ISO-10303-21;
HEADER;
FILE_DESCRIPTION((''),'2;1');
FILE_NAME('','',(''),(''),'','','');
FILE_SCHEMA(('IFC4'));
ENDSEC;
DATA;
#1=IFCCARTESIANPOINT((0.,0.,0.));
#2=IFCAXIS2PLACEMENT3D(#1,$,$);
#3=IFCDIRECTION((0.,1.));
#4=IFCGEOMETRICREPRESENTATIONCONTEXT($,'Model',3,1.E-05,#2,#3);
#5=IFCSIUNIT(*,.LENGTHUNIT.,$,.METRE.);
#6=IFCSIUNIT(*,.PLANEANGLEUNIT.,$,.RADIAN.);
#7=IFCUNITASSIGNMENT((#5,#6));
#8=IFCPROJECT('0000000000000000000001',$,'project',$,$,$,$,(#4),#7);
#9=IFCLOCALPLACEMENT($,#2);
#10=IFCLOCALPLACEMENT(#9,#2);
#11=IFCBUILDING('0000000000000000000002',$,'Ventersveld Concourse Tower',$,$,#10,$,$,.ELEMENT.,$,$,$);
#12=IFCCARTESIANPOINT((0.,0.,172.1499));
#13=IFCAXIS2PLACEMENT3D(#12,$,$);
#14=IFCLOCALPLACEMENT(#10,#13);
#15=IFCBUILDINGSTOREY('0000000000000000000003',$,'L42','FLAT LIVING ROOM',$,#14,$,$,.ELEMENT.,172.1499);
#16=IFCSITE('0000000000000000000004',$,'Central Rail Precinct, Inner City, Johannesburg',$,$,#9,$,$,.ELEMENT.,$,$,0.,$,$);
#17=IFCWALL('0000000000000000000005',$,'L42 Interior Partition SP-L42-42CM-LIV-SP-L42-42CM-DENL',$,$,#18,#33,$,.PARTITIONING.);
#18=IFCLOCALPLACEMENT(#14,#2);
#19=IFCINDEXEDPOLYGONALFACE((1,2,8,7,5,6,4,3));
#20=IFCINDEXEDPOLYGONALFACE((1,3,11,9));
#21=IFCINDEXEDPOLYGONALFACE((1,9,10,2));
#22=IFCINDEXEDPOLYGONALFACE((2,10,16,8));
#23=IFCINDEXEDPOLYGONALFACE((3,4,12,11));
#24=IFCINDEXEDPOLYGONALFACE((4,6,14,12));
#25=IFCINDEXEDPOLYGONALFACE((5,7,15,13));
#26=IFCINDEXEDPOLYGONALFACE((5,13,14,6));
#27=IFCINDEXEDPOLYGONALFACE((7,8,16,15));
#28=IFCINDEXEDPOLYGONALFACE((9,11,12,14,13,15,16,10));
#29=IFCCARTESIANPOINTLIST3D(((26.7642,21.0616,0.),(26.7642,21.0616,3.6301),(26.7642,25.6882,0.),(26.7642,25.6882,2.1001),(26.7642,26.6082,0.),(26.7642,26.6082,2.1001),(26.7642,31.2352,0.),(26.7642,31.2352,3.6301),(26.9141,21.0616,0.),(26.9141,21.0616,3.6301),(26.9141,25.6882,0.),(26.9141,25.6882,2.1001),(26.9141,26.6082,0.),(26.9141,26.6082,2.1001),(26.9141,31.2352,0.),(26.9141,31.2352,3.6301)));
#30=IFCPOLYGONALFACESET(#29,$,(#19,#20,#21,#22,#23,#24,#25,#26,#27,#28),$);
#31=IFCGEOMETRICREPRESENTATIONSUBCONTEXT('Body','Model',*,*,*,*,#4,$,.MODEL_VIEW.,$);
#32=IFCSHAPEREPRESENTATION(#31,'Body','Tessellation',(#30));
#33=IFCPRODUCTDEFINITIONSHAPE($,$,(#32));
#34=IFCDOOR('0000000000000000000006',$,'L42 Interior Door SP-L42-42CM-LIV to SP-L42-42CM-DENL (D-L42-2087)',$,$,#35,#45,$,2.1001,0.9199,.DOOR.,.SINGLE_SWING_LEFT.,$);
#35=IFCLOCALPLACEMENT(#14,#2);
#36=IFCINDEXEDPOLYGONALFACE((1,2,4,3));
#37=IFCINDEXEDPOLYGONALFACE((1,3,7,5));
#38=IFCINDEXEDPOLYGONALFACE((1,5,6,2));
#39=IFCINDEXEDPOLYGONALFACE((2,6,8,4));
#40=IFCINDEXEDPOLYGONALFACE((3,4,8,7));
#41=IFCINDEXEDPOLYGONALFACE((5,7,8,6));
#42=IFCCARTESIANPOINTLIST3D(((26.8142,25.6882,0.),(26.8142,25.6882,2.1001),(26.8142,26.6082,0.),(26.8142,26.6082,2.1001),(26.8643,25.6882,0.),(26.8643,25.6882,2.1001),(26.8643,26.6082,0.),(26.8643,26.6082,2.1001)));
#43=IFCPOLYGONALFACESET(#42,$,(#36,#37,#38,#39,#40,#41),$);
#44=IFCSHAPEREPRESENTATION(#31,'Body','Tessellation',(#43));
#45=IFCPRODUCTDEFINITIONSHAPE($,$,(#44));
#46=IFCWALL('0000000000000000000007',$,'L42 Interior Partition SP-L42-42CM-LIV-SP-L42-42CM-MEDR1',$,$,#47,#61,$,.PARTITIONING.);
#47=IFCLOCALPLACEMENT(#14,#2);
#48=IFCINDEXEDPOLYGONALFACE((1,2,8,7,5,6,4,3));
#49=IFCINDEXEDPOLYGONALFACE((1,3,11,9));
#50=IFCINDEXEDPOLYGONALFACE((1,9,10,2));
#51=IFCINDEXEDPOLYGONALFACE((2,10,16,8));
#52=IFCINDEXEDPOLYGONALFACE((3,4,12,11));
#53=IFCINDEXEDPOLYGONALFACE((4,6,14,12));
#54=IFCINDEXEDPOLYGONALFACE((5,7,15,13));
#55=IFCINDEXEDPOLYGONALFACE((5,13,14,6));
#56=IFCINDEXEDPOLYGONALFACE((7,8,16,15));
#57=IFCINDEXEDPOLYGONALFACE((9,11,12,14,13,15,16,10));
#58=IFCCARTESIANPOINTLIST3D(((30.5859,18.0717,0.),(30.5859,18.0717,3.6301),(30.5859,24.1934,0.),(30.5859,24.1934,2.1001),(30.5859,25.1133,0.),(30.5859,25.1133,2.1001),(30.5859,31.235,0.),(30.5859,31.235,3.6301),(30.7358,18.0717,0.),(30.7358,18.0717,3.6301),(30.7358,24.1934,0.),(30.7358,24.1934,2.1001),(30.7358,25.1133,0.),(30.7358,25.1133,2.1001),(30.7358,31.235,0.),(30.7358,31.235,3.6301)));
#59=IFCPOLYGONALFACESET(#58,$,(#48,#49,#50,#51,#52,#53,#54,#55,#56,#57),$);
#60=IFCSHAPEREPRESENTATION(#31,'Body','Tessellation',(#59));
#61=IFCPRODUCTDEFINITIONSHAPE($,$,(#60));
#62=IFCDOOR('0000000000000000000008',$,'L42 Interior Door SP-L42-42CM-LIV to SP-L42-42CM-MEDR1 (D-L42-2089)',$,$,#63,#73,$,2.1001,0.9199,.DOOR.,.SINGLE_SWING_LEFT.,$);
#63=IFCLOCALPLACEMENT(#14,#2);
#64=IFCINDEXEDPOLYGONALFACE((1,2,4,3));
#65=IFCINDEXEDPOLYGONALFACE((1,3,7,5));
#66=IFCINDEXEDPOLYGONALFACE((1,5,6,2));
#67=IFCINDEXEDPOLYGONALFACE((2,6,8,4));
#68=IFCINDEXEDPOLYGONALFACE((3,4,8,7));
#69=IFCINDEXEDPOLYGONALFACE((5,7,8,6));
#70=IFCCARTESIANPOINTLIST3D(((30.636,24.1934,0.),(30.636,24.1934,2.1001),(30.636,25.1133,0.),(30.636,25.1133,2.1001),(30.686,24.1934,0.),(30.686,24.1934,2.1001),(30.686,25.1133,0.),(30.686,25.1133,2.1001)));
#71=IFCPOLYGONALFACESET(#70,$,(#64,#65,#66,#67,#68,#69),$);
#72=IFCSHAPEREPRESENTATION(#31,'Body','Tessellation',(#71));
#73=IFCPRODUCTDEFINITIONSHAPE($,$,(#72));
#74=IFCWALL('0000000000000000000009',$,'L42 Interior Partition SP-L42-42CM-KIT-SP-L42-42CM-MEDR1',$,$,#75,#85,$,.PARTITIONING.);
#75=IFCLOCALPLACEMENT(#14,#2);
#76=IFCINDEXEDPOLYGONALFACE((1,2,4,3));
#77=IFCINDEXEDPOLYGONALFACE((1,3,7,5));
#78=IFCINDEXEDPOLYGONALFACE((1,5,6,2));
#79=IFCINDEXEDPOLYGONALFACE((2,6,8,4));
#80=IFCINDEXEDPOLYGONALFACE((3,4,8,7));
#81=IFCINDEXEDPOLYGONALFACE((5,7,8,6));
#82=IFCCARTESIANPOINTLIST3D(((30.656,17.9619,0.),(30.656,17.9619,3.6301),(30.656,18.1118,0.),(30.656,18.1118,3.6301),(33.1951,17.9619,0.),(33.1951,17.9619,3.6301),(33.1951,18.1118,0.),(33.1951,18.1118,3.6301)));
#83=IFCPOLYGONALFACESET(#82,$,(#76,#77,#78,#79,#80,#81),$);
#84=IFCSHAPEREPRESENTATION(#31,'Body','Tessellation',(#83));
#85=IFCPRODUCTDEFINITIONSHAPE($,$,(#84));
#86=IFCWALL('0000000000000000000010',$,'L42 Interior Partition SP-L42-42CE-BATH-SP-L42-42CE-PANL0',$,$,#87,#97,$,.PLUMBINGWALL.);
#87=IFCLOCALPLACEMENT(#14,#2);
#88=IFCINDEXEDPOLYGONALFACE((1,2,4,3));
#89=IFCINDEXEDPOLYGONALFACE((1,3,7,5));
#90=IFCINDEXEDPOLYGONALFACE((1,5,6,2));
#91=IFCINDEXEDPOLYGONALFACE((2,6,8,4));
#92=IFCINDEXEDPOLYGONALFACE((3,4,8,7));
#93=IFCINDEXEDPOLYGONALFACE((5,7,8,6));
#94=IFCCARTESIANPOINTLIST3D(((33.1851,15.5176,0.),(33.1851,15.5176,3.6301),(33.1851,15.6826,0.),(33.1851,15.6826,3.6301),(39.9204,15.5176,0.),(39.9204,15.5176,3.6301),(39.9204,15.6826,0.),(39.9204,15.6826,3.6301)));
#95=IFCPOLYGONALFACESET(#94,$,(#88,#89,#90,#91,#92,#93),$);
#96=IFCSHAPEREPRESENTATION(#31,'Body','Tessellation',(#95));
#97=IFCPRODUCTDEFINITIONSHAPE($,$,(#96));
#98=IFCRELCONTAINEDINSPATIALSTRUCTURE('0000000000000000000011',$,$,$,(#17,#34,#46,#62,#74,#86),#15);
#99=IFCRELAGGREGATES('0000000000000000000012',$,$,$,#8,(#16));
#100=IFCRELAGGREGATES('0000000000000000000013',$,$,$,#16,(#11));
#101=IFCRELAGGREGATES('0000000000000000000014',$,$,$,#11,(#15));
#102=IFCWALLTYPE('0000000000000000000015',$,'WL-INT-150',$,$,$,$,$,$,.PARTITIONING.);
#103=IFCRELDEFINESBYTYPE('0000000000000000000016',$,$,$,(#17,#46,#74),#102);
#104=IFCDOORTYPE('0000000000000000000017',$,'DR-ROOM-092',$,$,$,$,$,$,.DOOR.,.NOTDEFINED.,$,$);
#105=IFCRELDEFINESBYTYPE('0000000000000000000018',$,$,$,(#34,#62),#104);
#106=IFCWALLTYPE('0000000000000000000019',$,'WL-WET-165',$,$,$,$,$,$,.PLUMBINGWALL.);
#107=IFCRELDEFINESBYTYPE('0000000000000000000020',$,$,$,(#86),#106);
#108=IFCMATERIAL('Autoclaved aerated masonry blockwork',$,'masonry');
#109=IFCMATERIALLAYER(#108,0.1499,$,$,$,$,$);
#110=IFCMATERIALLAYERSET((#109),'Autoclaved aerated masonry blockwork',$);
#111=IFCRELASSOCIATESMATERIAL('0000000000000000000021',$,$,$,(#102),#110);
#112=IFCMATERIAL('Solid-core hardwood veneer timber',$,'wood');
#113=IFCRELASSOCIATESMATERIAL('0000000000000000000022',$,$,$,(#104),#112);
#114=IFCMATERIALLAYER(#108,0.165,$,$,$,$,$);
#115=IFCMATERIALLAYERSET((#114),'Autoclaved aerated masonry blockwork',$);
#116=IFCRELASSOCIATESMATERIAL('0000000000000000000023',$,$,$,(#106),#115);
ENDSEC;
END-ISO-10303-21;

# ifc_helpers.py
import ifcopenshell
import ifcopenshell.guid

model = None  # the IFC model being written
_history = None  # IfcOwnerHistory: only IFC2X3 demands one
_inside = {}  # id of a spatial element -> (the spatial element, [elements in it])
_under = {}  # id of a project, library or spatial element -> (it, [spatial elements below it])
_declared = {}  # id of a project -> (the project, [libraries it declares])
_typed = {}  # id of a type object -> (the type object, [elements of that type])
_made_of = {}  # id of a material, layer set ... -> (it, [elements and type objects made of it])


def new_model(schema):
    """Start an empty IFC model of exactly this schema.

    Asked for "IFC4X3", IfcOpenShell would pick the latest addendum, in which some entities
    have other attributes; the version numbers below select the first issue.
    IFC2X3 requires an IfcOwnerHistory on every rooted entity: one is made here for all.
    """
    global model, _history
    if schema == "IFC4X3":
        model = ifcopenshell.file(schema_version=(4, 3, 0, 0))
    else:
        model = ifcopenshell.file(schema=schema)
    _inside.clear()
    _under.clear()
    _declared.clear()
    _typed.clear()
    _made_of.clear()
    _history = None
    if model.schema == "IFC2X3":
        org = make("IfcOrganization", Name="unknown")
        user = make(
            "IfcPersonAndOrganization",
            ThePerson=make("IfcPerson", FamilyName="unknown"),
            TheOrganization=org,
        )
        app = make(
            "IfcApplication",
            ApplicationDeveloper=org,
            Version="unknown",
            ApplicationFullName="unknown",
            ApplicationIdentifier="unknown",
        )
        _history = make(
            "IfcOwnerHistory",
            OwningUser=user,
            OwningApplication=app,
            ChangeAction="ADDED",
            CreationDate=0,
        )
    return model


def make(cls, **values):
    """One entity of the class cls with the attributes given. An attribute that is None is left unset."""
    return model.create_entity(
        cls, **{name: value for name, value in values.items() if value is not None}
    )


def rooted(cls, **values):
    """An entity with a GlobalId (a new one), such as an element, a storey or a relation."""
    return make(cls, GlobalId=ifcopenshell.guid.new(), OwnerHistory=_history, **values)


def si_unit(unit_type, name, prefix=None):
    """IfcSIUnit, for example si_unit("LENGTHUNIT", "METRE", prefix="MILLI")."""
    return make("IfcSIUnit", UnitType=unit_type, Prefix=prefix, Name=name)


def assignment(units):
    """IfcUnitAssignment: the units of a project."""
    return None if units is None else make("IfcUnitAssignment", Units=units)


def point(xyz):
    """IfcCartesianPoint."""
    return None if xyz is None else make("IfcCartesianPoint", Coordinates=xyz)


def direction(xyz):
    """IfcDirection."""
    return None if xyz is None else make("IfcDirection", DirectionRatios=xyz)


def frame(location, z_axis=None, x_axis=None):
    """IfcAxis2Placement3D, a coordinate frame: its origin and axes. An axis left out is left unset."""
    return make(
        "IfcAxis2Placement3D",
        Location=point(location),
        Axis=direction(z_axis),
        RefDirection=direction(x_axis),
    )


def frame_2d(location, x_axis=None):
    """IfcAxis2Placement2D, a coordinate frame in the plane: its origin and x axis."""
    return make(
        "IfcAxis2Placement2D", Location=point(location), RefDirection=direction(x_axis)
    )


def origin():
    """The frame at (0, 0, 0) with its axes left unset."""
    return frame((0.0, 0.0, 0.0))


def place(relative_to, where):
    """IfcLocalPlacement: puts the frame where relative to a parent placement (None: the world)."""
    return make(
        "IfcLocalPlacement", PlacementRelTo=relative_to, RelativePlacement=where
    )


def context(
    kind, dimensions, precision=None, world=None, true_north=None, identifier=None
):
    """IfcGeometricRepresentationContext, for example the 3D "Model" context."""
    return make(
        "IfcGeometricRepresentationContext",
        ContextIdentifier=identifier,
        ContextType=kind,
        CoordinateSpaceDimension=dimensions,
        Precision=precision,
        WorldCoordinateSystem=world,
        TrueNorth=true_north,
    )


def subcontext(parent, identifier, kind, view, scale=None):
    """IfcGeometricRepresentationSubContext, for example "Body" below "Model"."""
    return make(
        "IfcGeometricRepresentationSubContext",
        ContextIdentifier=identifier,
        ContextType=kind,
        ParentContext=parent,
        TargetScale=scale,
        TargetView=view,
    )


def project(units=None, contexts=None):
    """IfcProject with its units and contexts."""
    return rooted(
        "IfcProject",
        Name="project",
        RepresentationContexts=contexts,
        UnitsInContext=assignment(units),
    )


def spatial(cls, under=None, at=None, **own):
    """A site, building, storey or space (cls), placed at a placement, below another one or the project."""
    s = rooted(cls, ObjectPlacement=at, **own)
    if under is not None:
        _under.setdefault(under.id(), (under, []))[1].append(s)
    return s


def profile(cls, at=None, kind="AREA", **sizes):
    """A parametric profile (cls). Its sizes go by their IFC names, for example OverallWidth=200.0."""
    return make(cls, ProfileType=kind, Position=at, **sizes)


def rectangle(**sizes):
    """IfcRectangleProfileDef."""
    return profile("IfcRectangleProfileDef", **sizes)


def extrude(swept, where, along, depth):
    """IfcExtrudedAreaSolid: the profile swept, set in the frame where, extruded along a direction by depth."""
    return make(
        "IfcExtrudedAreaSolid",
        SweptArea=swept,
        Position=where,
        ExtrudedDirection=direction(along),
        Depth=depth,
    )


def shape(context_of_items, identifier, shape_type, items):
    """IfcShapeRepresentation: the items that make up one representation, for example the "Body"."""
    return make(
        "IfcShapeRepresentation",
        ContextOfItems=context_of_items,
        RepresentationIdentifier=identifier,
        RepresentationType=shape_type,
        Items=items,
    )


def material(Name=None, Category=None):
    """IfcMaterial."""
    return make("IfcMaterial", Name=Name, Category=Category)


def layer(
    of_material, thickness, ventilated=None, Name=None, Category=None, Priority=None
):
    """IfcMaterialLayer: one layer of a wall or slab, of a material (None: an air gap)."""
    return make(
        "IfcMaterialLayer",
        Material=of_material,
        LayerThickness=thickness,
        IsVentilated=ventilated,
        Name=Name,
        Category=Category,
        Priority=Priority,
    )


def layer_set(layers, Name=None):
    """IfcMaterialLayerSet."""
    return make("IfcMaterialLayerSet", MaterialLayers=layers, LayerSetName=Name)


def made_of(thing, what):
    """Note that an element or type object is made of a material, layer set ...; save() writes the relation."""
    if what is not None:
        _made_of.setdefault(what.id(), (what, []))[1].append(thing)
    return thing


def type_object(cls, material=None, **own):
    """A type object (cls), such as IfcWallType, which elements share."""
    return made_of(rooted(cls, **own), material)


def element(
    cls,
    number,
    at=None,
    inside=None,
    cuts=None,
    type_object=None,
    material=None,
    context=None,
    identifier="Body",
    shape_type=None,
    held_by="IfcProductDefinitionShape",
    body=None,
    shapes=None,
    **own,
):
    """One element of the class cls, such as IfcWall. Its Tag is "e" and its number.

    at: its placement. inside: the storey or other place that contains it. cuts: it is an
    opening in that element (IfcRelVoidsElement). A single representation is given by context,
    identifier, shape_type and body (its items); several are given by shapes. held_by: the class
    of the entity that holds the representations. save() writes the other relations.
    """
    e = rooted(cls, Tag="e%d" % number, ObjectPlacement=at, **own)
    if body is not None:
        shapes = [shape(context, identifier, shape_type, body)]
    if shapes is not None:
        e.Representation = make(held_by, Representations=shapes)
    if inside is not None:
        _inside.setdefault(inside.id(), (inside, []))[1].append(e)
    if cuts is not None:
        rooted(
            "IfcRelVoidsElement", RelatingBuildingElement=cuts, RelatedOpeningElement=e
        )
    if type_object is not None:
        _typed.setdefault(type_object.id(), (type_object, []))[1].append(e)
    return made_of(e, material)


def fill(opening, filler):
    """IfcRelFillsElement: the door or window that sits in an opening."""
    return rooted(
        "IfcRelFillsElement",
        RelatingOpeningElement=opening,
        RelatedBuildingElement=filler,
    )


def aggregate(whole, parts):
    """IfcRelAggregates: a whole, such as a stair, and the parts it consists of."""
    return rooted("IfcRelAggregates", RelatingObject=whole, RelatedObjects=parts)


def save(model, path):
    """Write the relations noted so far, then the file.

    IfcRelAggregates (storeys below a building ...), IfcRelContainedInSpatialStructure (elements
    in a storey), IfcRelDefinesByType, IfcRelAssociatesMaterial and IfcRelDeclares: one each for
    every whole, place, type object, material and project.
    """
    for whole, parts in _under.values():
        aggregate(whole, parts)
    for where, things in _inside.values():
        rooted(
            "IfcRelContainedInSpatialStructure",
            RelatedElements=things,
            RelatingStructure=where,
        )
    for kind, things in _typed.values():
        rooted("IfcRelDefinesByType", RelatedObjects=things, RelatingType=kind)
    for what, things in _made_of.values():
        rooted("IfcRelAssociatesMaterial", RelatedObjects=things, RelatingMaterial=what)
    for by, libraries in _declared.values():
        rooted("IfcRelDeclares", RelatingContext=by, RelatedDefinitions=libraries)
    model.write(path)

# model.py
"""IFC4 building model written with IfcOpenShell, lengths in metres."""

from ifc_helpers import new_model, si_unit, direction, frame, frame_2d, origin, place, context, subcontext, project, spatial, rectangle, extrude, material, layer, layer_set, type_object, element, fill, save


model = new_model("IFC4")

# Units and contexts
model_context = context("Model", 3, precision=1e-05, world=origin(), true_north=direction((0.0, 1.0)))
body_context = subcontext(model_context, "Body", "Model", "MODEL_VIEW")
ifc_project = project(units=[si_unit("LENGTHUNIT", "METRE"), si_unit("PLANEANGLEUNIT", "RADIAN")], contexts=[model_context])

# Site, building, storey
site_placement = place(None, origin())
site = spatial("IfcSite", under=ifc_project, at=site_placement, Name="Central Rail Precinct, Inner City, Johannesburg", CompositionType="ELEMENT", RefElevation=0.0)
building_placement = place(site_placement, origin())
building = spatial("IfcBuilding", under=site, at=building_placement, Name="Ventersveld Concourse Tower", CompositionType="ELEMENT")
storey_placement = place(building_placement, frame((0.0, 0.0, 172.1499)))
storey = spatial("IfcBuildingStorey", under=building, at=storey_placement, Name="L42", Description="FLAT LIVING ROOM", CompositionType="ELEMENT", Elevation=172.1499)

# Shared definitions
ifc_material_1 = material(Name="Solid-core hardwood veneer timber", Category="wood")

# Shared definitions
ifc_material_2 = material(Name="Autoclaved aerated masonry blockwork", Category="masonry")
ifc_layer_1 = layer(ifc_material_2, 0.1499)
ifc_layer_set_1 = layer_set([ifc_layer_1], Name="Autoclaved aerated masonry blockwork")
wall_type_1 = type_object("IfcWallType", Name="WL-INT-150", PredefinedType="PARTITIONING", material=ifc_layer_set_1)

# Walls, openings, doors
door_type_1 = type_object("IfcDoorType", Name="DR-ROOM-092", OperationType="NOTDEFINED", PredefinedType="DOOR", material=ifc_material_1)
wall_1_placement = place(storey_placement, frame((26.8391, 21.0615, 0.0), z_axis=(0.0, 0.0, 1.0), x_axis=(0.0, 1.0, 0.0)))
wall_1 = element("IfcWall", 1, at=wall_1_placement, inside=storey, type_object=wall_type_1, Name="L42 Interior Partition SP-L42-42CM-LIV-SP-L42-42CM-DENL", PredefinedType="PARTITIONING", context=body_context, shape_type="SweptSolid", body=[
    extrude(rectangle(XDim=10.1736, YDim=0.1499, at=frame_2d((5.0869, 0.0))), origin(), (0.0, 0.0, 1.0), 3.6301),
])
opening_1_placement = place(wall_1_placement, frame((4.6267, 0.0, 0.0)))
opening_1 = element("IfcOpeningElement", 2, at=opening_1_placement, cuts=wall_1, PredefinedType="OPENING", context=body_context, shape_type="SweptSolid", body=[
    extrude(rectangle(XDim=0.9199, YDim=2.1001, at=frame_2d((0.46, 1.05))), frame((0.0, 0.085, 0.0), z_axis=(0.0, -1.0, 0.0), x_axis=(1.0, 0.0, 0.0)), (0.0, 0.0, 1.0), 0.1699),
])
door_1_placement = place(opening_1_placement, origin())
door_1 = element("IfcDoor", 3, at=door_1_placement, inside=storey, type_object=door_type_1, Name="L42 Interior Door SP-L42-42CM-LIV to SP-L42-42CM-DENL (D-L42-2087)", OperationType="SINGLE_SWING_LEFT", OverallHeight=2.1001, OverallWidth=0.9199, PredefinedType="DOOR", context=body_context, shape_type="SweptSolid", body=[
    extrude(rectangle(XDim=0.9199, YDim=2.1001, at=frame_2d((0.46, 1.05))), frame((0.0, 0.0249, 0.0), z_axis=(0.0, -1.0, 0.0), x_axis=(1.0, 0.0, 0.0)), (0.0, 0.0, 1.0), 0.05),
])
fill(opening_1, door_1)
wall_2_placement = place(storey_placement, frame((30.6609, 18.0718, 0.0), z_axis=(0.0, 0.0, 1.0), x_axis=(0.0, 1.0, 0.0)))
wall_2 = element("IfcWall", 4, at=wall_2_placement, inside=storey, type_object=wall_type_1, Name="L42 Interior Partition SP-L42-42CM-LIV-SP-L42-42CM-MEDR1", PredefinedType="PARTITIONING", context=body_context, shape_type="SweptSolid", body=[
    extrude(rectangle(XDim=13.1633, YDim=0.1499, at=frame_2d((6.5815, 0.0))), origin(), (0.0, 0.0, 1.0), 3.6301),
])
opening_2_placement = place(wall_2_placement, frame((6.1216, 0.0, 0.0)))
opening_2 = element("IfcOpeningElement", 5, at=opening_2_placement, cuts=wall_2, PredefinedType="OPENING", context=body_context, shape_type="SweptSolid", body=[
    extrude(rectangle(XDim=0.9199, YDim=2.1001, at=frame_2d((0.46, 1.05))), frame((0.0, 0.085, 0.0), z_axis=(0.0, -1.0, 0.0), x_axis=(1.0, 0.0, 0.0)), (0.0, 0.0, 1.0), 0.1699),
])
door_2_placement = place(opening_2_placement, origin())
door_2 = element("IfcDoor", 6, at=door_2_placement, inside=storey, type_object=door_type_1, Name="L42 Interior Door SP-L42-42CM-LIV to SP-L42-42CM-MEDR1 (D-L42-2089)", OperationType="SINGLE_SWING_LEFT", OverallHeight=2.1001, OverallWidth=0.9199, PredefinedType="DOOR", context=body_context, shape_type="SweptSolid", body=[
    extrude(rectangle(XDim=0.9199, YDim=2.1001, at=frame_2d((0.46, 1.05))), frame((0.0, 0.0249, 0.0), z_axis=(0.0, -1.0, 0.0), x_axis=(1.0, 0.0, 0.0)), (0.0, 0.0, 1.0), 0.05),
])
fill(opening_2, door_2)

# Walls
wall_3_placement = place(storey_placement, frame((30.656, 18.0369, 0.0), z_axis=(0.0, 0.0, 1.0), x_axis=(1.0, 0.0, 0.0)))
element("IfcWall", 7, at=wall_3_placement, inside=storey, type_object=wall_type_1, Name="L42 Interior Partition SP-L42-42CM-KIT-SP-L42-42CM-MEDR1", PredefinedType="PARTITIONING", context=body_context, shape_type="SweptSolid", body=[
    extrude(rectangle(XDim=2.5391, YDim=0.1499, at=frame_2d((1.2695, 0.0))), origin(), (0.0, 0.0, 1.0), 3.6301),
])
ifc_layer_2 = layer(ifc_material_2, 0.165)
ifc_layer_set_2 = layer_set([ifc_layer_2], Name="Autoclaved aerated masonry blockwork")
wall_type_2 = type_object("IfcWallType", Name="WL-WET-165", PredefinedType="PLUMBINGWALL", material=ifc_layer_set_2)
wall_4_placement = place(storey_placement, frame((33.1851, 15.6001, 0.0), z_axis=(0.0, 0.0, 1.0), x_axis=(1.0, 0.0, 0.0)))
element("IfcWall", 8, at=wall_4_placement, inside=storey, type_object=wall_type_2, Name="L42 Interior Partition SP-L42-42CE-BATH-SP-L42-42CE-PANL0", PredefinedType="PLUMBINGWALL", context=body_context, shape_type="SweptSolid", body=[
    extrude(rectangle(XDim=6.7354, YDim=0.165, at=frame_2d((3.3677, 0.0))), origin(), (0.0, 0.0, 1.0), 3.6301),
])

save(model, "model.ifc")
